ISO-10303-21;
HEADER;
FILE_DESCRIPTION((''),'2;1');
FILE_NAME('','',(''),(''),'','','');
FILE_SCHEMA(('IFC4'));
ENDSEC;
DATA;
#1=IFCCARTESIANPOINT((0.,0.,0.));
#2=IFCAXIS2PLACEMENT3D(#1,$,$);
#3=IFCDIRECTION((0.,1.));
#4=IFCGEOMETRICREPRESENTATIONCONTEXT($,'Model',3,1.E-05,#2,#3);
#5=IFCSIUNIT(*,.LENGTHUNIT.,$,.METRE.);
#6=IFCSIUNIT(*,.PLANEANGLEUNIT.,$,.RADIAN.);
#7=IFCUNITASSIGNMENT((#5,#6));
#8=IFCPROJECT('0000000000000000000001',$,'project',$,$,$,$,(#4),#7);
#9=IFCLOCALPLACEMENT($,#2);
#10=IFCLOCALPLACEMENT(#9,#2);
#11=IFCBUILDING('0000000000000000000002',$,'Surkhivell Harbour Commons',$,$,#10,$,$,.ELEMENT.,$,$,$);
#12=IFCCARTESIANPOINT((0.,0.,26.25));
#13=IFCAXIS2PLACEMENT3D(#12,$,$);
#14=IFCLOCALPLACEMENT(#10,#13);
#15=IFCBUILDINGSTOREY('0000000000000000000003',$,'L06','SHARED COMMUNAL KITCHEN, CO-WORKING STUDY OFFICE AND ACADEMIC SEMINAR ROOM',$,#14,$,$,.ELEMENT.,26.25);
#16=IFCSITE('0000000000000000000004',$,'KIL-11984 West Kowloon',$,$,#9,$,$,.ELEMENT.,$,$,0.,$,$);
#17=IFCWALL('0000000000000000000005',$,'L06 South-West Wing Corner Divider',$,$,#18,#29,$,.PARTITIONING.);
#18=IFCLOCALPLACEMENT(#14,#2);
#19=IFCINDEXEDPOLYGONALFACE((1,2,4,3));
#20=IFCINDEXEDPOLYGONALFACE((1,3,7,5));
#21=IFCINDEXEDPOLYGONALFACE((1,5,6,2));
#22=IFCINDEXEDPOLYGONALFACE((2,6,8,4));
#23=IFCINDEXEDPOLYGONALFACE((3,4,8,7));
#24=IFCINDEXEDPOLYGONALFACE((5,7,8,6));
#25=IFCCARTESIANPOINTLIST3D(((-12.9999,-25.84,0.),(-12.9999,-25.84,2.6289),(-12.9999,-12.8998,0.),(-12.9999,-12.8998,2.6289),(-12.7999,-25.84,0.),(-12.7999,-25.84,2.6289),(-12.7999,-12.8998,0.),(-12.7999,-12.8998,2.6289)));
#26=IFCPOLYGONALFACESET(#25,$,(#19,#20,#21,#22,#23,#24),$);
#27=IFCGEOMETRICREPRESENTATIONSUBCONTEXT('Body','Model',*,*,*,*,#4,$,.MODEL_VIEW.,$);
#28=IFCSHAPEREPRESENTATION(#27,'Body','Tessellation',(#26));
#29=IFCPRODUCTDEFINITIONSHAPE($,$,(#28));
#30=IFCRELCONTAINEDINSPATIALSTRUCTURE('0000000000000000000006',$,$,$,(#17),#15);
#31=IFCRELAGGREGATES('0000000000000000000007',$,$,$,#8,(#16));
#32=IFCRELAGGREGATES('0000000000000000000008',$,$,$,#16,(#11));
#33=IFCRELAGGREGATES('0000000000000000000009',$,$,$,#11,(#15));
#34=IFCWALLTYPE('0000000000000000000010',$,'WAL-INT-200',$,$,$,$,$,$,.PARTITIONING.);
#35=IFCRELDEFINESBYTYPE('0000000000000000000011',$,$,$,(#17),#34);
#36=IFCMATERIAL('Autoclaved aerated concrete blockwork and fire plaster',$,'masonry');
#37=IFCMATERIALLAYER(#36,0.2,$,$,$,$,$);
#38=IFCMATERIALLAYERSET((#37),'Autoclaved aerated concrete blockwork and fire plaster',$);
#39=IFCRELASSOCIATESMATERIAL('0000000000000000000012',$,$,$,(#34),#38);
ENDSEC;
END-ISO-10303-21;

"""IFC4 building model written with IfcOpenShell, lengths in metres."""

from ifc_helpers import new_model, si_unit, direction, frame, frame_2d, origin, place, context, subcontext, project, spatial, rectangle, extrude, material, layer, layer_set, type_object, element, save


model = new_model("IFC4")

# Units and contexts
model_context = context("Model", 3, precision=1e-05, world=origin(), true_north=direction((0.0, 1.0)))
body_context = subcontext(model_context, "Body", "Model", "MODEL_VIEW")
ifc_project = project(units=[si_unit("LENGTHUNIT", "METRE"), si_unit("PLANEANGLEUNIT", "RADIAN")], contexts=[model_context])

# Site, building, storey
site_placement = place(None, origin())
site = spatial("IfcSite", under=ifc_project, at=site_placement, Name="KIL-11984 West Kowloon", CompositionType="ELEMENT", RefElevation=0.0)
building_placement = place(site_placement, origin())
building = spatial("IfcBuilding", under=site, at=building_placement, Name="Surkhivell Harbour Commons", CompositionType="ELEMENT")
storey_placement = place(building_placement, frame((0.0, 0.0, 26.25)))
storey = spatial("IfcBuildingStorey", under=building, at=storey_placement, Name="L06", Description="SHARED COMMUNAL KITCHEN, CO-WORKING STUDY OFFICE AND ACADEMIC SEMINAR ROOM", CompositionType="ELEMENT", Elevation=26.25)

# Wall
ifc_material_1 = material(Name="Autoclaved aerated concrete blockwork and fire plaster", Category="masonry")
ifc_layer_1 = layer(ifc_material_1, 0.2)
ifc_layer_set_1 = layer_set([ifc_layer_1], Name="Autoclaved aerated concrete blockwork and fire plaster")
wall_type = type_object("IfcWallType", Name="WAL-INT-200", PredefinedType="PARTITIONING", material=ifc_layer_set_1)
wall_placement = place(storey_placement, frame((-12.8999, -25.8401, 0.0), z_axis=(0.0, 0.0, 1.0), x_axis=(0.0, 1.0, 0.0)))
element("IfcWall", 1, at=wall_placement, inside=storey, type_object=wall_type, Name="L06 South-West Wing Corner Divider", PredefinedType="PARTITIONING", context=body_context, shape_type="SweptSolid", body=[
    extrude(rectangle(XDim=12.9402, YDim=0.2, at=frame_2d((6.4702, 0.0))), origin(), (0.0, 0.0, 1.0), 2.6289),
])

save(model, "model.ifc")
